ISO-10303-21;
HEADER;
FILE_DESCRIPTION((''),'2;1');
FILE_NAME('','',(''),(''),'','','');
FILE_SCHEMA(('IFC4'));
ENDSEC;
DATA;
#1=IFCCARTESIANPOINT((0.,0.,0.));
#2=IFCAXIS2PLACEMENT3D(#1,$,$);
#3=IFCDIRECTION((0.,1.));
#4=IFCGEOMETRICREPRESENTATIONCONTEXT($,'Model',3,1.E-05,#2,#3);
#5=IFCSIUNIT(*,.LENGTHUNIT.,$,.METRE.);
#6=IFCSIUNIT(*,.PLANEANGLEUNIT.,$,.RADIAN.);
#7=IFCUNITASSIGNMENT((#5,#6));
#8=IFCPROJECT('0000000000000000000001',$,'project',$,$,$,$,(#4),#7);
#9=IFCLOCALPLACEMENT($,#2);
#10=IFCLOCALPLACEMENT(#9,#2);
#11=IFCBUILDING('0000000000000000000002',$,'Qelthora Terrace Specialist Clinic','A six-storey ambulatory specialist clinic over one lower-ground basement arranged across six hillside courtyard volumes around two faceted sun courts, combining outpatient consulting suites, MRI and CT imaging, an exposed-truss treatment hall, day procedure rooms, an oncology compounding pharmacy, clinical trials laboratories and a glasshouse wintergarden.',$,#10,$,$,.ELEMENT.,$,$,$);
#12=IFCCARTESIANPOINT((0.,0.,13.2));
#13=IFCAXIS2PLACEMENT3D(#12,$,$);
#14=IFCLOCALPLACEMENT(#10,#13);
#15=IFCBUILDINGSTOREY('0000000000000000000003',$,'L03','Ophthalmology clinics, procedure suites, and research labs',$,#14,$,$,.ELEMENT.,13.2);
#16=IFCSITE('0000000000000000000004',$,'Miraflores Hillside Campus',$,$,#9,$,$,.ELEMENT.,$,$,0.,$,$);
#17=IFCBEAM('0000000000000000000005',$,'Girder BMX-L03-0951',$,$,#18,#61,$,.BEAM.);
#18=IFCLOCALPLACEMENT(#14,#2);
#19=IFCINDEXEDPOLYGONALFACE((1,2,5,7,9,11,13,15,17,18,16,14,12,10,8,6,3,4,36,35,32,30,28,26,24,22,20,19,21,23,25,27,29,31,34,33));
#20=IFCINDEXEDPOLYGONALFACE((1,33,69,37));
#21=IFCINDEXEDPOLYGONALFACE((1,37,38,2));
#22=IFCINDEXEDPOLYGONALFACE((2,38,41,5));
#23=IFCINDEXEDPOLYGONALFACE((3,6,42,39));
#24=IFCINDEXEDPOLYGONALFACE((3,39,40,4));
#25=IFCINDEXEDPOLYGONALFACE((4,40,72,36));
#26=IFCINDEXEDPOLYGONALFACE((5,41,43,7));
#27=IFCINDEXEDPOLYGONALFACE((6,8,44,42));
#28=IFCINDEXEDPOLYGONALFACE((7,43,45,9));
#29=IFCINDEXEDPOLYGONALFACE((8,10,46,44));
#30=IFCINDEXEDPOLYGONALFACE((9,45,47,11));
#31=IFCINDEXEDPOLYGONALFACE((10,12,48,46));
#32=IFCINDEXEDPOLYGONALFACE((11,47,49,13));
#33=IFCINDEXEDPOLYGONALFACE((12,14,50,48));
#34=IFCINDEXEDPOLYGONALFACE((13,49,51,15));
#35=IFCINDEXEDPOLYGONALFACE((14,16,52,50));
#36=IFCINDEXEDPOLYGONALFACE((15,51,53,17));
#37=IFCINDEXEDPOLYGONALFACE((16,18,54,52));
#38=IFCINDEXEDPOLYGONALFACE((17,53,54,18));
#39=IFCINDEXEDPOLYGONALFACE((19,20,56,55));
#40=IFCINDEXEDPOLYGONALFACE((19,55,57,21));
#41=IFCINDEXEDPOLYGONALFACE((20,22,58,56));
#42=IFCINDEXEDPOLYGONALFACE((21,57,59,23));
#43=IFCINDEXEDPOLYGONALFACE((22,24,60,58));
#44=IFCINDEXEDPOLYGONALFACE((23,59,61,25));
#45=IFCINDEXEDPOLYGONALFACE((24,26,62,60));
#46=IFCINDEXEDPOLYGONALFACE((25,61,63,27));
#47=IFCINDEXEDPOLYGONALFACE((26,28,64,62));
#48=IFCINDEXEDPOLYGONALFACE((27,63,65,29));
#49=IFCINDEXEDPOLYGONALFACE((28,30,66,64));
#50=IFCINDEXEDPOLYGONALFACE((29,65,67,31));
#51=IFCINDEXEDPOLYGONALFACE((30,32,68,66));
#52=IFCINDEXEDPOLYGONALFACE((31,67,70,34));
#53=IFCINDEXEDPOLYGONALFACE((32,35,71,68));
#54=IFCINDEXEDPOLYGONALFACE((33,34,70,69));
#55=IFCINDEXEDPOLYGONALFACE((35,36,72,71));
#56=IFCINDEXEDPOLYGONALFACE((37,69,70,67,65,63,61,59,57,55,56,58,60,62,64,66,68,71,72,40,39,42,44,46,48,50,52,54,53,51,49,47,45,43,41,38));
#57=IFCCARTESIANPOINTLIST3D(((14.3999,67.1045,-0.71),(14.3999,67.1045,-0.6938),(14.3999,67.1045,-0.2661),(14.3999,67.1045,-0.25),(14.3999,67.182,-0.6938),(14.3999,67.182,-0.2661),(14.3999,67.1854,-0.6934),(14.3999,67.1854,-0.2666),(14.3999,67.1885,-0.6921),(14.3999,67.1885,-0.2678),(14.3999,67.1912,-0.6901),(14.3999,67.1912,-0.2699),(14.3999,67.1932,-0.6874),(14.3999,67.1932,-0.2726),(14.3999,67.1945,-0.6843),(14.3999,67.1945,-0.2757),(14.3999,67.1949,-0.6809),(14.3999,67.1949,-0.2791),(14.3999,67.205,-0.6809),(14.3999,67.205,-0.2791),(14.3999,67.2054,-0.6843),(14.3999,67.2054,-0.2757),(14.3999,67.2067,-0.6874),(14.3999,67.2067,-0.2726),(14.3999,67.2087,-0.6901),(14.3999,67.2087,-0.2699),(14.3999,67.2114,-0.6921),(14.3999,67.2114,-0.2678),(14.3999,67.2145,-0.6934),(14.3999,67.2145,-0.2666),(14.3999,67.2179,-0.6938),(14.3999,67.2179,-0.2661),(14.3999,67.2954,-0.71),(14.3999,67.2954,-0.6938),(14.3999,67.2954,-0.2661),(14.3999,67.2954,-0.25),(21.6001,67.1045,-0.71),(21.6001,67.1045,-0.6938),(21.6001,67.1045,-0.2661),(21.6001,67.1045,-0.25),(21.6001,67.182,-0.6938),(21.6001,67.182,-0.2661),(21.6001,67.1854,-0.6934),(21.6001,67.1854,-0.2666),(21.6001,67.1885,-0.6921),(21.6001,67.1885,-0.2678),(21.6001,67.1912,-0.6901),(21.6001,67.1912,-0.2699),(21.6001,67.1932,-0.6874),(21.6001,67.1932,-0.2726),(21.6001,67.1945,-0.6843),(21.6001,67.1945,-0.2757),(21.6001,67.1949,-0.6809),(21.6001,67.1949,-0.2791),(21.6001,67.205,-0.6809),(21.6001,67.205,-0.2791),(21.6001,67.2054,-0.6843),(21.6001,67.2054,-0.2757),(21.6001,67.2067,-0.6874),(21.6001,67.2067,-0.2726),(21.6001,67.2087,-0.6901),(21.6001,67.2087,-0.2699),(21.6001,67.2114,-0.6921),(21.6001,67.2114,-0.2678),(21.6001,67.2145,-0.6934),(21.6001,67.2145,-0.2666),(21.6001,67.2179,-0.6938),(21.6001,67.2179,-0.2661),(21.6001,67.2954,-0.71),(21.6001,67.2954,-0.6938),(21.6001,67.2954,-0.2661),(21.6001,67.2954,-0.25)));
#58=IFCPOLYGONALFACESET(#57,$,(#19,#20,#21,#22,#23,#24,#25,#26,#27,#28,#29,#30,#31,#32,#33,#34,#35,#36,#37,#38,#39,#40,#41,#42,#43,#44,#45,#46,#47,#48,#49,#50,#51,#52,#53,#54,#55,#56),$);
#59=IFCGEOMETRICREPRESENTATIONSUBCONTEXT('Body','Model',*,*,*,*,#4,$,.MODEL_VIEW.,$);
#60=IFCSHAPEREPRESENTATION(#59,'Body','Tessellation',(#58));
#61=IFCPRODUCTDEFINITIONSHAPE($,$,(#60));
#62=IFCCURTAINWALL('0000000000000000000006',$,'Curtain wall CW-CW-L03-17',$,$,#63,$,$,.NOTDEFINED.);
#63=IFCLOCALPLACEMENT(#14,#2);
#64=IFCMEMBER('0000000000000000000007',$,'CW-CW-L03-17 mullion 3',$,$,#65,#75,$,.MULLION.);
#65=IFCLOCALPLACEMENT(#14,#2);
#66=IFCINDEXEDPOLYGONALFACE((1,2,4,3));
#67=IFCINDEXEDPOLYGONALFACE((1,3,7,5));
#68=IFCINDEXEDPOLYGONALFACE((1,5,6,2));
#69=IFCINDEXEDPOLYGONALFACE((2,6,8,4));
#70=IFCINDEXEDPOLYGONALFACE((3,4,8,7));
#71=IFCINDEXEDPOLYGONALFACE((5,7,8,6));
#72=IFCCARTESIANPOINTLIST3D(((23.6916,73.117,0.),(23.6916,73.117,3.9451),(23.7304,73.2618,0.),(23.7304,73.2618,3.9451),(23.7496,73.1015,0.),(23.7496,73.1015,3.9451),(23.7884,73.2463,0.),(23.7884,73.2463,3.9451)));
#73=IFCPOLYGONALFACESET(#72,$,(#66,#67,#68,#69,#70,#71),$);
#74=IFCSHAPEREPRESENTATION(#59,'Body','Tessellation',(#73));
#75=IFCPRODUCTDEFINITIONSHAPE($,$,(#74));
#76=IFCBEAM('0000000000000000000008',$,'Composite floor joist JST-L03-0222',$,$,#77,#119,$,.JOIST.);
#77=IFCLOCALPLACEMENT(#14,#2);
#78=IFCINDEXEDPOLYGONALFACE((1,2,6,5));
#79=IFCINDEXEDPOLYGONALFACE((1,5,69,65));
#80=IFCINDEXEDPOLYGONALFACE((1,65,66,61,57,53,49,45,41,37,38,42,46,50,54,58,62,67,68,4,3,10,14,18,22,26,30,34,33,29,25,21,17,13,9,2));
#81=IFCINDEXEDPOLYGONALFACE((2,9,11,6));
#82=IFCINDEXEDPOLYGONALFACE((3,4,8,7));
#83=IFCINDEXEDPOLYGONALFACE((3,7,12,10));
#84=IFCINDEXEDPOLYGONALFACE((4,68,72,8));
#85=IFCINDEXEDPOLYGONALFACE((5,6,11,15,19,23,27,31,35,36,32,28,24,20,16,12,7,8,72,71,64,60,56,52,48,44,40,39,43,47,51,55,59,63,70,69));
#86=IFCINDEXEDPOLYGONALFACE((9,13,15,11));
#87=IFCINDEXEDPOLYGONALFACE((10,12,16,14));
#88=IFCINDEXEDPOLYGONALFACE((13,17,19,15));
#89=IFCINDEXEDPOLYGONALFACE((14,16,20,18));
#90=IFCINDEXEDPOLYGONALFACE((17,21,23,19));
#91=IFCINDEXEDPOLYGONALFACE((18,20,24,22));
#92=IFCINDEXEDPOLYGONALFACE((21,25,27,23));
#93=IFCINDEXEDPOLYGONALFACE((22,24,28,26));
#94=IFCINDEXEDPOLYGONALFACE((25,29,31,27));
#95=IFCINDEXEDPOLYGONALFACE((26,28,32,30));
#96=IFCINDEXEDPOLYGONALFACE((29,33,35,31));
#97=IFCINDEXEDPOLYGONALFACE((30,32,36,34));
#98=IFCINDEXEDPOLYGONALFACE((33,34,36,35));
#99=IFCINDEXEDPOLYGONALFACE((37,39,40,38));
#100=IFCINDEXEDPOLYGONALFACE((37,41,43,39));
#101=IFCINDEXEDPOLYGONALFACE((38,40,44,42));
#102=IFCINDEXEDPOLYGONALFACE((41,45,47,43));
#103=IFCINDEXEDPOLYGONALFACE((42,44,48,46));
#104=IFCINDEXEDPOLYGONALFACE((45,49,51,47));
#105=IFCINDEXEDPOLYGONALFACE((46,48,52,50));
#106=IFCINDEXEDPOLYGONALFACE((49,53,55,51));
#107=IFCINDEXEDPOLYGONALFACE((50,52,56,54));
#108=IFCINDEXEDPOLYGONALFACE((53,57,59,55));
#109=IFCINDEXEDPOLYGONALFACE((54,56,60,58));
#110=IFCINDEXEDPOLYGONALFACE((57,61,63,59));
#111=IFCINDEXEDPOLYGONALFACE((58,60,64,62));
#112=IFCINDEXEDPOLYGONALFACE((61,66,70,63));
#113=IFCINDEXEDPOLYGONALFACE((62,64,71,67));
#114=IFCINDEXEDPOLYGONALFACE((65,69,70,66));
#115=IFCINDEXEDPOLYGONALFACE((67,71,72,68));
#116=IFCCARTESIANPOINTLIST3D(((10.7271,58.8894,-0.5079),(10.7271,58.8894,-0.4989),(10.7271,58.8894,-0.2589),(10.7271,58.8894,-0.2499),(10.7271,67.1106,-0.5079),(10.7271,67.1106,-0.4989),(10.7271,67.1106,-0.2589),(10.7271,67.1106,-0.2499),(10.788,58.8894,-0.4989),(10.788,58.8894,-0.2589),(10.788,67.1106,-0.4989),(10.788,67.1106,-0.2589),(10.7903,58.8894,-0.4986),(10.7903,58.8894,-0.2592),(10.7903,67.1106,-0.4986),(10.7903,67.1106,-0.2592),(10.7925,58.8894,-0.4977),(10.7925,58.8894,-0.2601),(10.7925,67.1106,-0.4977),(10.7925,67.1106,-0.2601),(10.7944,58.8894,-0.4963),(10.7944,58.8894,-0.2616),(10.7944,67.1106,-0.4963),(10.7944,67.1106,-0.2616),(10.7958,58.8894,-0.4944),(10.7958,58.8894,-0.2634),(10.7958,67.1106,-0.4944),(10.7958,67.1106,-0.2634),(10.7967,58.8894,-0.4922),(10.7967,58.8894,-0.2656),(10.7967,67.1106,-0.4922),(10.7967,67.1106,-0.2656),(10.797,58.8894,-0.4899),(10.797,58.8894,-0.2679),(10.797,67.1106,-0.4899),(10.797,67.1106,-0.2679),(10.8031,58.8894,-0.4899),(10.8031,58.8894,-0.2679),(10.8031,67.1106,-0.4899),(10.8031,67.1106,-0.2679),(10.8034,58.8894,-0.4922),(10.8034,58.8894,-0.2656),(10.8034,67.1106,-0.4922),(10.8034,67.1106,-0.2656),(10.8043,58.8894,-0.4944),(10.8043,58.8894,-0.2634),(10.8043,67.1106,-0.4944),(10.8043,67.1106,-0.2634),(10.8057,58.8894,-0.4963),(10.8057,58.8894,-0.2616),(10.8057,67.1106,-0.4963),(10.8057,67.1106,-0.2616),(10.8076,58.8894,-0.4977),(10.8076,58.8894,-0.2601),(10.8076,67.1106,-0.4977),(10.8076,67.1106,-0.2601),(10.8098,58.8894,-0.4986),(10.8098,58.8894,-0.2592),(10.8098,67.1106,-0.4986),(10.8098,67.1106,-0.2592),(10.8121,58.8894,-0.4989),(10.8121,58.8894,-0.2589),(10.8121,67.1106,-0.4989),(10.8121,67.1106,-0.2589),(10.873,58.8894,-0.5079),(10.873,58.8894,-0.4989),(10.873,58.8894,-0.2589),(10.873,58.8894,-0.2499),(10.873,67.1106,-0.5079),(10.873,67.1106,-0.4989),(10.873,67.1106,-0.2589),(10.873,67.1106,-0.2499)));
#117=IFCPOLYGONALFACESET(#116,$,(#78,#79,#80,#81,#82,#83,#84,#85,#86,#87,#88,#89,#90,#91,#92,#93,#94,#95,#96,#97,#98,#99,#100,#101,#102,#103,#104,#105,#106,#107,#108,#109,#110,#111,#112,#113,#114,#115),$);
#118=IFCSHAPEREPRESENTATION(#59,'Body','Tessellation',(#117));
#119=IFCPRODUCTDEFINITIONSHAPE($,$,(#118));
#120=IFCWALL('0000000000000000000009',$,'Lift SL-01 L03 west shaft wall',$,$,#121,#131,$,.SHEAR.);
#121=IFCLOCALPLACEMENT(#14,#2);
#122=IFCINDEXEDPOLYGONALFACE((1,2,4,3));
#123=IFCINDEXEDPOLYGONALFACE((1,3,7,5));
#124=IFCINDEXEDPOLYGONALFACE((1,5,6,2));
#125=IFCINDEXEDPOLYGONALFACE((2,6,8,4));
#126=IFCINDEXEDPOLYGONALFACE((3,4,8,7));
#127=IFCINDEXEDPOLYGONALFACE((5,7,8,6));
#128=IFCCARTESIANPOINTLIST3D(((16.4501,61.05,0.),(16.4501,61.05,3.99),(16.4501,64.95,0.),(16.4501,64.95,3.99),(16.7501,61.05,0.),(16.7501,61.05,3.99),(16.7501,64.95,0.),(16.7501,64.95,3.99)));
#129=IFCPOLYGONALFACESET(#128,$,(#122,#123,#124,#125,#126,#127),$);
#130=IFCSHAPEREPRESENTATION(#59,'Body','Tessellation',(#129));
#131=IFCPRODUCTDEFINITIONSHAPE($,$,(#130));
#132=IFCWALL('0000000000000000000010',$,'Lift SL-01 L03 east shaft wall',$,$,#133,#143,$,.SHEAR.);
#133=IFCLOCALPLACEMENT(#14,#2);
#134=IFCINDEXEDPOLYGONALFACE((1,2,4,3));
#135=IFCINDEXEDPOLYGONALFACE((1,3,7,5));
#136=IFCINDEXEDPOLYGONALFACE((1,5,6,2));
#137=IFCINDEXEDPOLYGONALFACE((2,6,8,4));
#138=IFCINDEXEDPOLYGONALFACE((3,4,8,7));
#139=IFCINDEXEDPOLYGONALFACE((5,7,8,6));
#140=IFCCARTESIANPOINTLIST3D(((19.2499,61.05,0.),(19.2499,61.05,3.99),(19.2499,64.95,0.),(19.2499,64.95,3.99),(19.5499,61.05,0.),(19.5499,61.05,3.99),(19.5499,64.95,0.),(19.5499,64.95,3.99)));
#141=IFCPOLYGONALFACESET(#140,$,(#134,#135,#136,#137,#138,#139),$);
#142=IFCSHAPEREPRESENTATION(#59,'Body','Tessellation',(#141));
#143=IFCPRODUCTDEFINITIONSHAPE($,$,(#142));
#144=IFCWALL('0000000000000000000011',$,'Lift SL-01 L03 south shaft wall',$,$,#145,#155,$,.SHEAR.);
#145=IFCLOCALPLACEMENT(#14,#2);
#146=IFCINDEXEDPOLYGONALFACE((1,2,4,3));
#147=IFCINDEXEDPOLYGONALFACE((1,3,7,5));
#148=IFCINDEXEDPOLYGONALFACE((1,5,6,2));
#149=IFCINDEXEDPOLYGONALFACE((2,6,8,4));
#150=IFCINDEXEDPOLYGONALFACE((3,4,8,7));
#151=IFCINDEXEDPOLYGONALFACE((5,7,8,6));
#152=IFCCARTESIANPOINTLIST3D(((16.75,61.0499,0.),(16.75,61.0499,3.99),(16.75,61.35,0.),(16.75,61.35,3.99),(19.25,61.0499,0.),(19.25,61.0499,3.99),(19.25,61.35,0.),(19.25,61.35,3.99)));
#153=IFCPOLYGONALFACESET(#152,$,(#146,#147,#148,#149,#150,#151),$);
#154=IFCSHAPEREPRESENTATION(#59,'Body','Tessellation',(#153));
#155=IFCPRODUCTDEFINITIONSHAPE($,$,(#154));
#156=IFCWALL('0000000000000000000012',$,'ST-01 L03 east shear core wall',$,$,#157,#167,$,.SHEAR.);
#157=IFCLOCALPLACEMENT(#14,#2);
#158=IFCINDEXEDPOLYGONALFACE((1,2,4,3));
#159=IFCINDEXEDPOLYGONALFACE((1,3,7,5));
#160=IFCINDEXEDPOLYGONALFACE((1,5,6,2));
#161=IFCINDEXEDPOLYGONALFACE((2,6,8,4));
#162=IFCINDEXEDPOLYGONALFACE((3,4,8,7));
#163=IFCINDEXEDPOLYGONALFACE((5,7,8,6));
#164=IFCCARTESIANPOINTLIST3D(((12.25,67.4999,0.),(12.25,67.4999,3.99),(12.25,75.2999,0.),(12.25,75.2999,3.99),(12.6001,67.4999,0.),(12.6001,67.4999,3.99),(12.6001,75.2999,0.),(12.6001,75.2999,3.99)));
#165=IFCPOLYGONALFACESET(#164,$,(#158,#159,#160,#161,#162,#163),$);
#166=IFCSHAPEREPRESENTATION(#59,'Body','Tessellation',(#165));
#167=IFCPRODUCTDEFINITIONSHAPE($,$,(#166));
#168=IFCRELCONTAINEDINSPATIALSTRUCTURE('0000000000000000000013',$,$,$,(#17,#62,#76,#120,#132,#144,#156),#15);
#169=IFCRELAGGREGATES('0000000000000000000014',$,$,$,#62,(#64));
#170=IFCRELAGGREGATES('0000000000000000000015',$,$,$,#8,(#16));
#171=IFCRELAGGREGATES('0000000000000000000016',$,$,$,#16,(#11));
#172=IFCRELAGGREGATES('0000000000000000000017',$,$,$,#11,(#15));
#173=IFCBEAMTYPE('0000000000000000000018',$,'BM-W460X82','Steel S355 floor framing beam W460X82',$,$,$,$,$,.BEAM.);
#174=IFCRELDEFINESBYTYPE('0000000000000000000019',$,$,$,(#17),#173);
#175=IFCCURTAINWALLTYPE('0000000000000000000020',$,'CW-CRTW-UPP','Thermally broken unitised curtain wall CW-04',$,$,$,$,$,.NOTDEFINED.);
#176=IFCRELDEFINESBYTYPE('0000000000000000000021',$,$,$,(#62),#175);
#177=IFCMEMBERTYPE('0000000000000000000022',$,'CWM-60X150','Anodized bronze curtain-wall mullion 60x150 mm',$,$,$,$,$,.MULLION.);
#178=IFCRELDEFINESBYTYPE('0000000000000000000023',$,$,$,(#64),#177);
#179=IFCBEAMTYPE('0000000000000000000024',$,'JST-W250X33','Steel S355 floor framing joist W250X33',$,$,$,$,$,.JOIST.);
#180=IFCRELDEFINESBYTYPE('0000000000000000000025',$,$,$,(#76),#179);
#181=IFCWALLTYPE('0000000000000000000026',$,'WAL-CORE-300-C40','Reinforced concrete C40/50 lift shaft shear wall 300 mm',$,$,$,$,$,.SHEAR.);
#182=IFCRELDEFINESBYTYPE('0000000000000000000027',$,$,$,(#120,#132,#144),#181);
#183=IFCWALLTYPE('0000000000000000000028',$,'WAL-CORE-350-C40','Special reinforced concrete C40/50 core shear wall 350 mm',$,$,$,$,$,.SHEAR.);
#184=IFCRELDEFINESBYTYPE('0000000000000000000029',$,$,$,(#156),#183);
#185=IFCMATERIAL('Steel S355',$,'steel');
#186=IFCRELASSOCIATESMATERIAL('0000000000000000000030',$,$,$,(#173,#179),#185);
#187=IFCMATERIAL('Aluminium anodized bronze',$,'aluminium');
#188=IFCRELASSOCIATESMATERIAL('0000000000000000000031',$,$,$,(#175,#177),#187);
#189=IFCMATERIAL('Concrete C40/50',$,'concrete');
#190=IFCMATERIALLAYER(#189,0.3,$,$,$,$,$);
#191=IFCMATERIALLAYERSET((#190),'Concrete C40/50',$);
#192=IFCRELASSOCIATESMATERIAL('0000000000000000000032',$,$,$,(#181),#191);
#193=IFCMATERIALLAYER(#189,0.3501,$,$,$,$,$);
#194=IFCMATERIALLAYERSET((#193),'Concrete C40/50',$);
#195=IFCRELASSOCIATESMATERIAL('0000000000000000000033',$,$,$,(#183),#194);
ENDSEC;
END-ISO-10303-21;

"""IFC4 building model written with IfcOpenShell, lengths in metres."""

from ifc_helpers import new_model, si_unit, direction, frame, frame_2d, origin, origin_2d, place, context, subcontext, project, spatial, rectangle, i_section, extrude, material, layer, layer_set, material_profile, profile_set, type_object, element, aggregate, save


model = new_model("IFC4")

# Units and contexts
model_context = context("Model", 3, precision=1e-05, world=origin(), true_north=direction((0.0, 1.0)))
body_context = subcontext(model_context, "Body", "Model", "MODEL_VIEW")
ifc_project = project(units=[si_unit("LENGTHUNIT", "METRE"), si_unit("PLANEANGLEUNIT", "RADIAN")], contexts=[model_context])

# Site, building, storey
site_placement = place(None, origin())
site = spatial("IfcSite", under=ifc_project, at=site_placement, Name="Miraflores Hillside Campus", CompositionType="ELEMENT", RefElevation=0.0)
building_placement = place(site_placement, origin())
building = spatial("IfcBuilding", under=site, at=building_placement, Name="Qelthora Terrace Specialist Clinic", Description="A six-storey ambulatory specialist clinic over one lower-ground basement arranged across six hillside courtyard volumes around two faceted sun courts, combining outpatient consulting suites, MRI and CT imaging, an exposed-truss treatment hall, day procedure rooms, an oncology compounding pharmacy, clinical trials laboratories and a glasshouse wintergarden.", CompositionType="ELEMENT")
storey_placement = place(building_placement, frame((0.0, 0.0, 13.2)))
storey = spatial("IfcBuildingStorey", under=building, at=storey_placement, Name="L03", Description="Ophthalmology clinics, procedure suites, and research labs", CompositionType="ELEMENT", Elevation=13.2)

# Shared definitions
ifc_material_1 = material(Name="Steel S355", Category="steel")

# Beam
ifc_material_profile_1 = material_profile(ifc_material_1, i_section(OverallWidth=0.1909, OverallDepth=0.46, WebThickness=0.01, FlangeThickness=0.0161, FilletRadius=0.0129, at=origin_2d()), Name="W460X82")
ifc_profile_set_1 = profile_set([ifc_material_profile_1], Name="Steel S355")
beam_type_1 = type_object("IfcBeamType", Name="BM-W460X82", Description="Steel S355 floor framing beam W460X82", PredefinedType="BEAM", material=ifc_profile_set_1)
beam_1_placement = place(storey_placement, frame((14.3999, 67.2, -0.48), z_axis=(1.0, 0.0, 0.0), x_axis=(0.0, 1.0, 0.0)))
element("IfcBeam", 1, at=beam_1_placement, inside=storey, type_object=beam_type_1, Name="Girder BMX-L03-0951", PredefinedType="BEAM", context=body_context, shape_type="SweptSolid", body=[
    extrude(i_section(OverallWidth=0.1909, OverallDepth=0.46, WebThickness=0.01, FlangeThickness=0.0161, FilletRadius=0.0129, at=origin_2d()), origin(), (0.0, 0.0, 1.0), 7.2002),
])

# Curtain wall, member
ifc_material_2 = material(Name="Aluminium anodized bronze", Category="aluminium")
curtain_wall_type = type_object("IfcCurtainWallType", Name="CW-CRTW-UPP", Description="Thermally broken unitised curtain wall CW-04", PredefinedType="NOTDEFINED", material=ifc_material_2)
curtain_wall_placement = place(storey_placement, origin())
curtain_wall = element("IfcCurtainWall", 2, at=curtain_wall_placement, inside=storey, type_object=curtain_wall_type, Name="Curtain wall CW-CW-L03-17", PredefinedType="NOTDEFINED")
ifc_material_profile_2 = material_profile(ifc_material_2, rectangle(XDim=0.0601, YDim=0.1499, at=origin_2d()), Name="CWM60X150")
ifc_profile_set_2 = profile_set([ifc_material_profile_2], Name="Aluminium anodized bronze")
member_type = type_object("IfcMemberType", Name="CWM-60X150", Description="Anodized bronze curtain-wall mullion 60x150 mm", PredefinedType="MULLION", material=ifc_profile_set_2)
member_placement = place(storey_placement, frame((23.74, 73.1816, 0.0), z_axis=(0.0, 0.0, 1.0), x_axis=(0.965925, -0.25882, 0.0)))
member = element("IfcMember", 3, at=member_placement, type_object=member_type, Name="CW-CW-L03-17 mullion 3", PredefinedType="MULLION", context=body_context, shape_type="SweptSolid", body=[
    extrude(rectangle(XDim=0.0601, YDim=0.1499, at=origin_2d()), origin(), (0.0, 0.0, 1.0), 3.9451),
])
aggregate(curtain_wall, [member])

# Beam
ifc_material_profile_3 = material_profile(ifc_material_1, i_section(OverallWidth=0.146, OverallDepth=0.2581, WebThickness=0.0061, FlangeThickness=0.009, FilletRadius=0.009, at=origin_2d()), Name="W250X33")
ifc_profile_set_3 = profile_set([ifc_material_profile_3], Name="Steel S355")
beam_type_2 = type_object("IfcBeamType", Name="JST-W250X33", Description="Steel S355 floor framing joist W250X33", PredefinedType="JOIST", material=ifc_profile_set_3)
beam_2_placement = place(storey_placement, frame((10.8, 58.8894, -0.3789), z_axis=(0.0, 1.0, 0.0), x_axis=(-1.0, 0.0, 0.0)))
element("IfcBeam", 4, at=beam_2_placement, inside=storey, type_object=beam_type_2, Name="Composite floor joist JST-L03-0222", PredefinedType="JOIST", context=body_context, shape_type="SweptSolid", body=[
    extrude(i_section(OverallWidth=0.146, OverallDepth=0.2581, WebThickness=0.0061, FlangeThickness=0.009, FilletRadius=0.009, at=origin_2d()), origin(), (0.0, 0.0, 1.0), 8.2212),
])

# Walls
ifc_material_3 = material(Name="Concrete C40/50", Category="concrete")
ifc_layer_1 = layer(ifc_material_3, 0.3)
ifc_layer_set_1 = layer_set([ifc_layer_1], Name="Concrete C40/50")
wall_type_1 = type_object("IfcWallType", Name="WAL-CORE-300-C40", Description="Reinforced concrete C40/50 lift shaft shear wall 300 mm", PredefinedType="SHEAR", material=ifc_layer_set_1)
for number, where, z_axis, x_axis, name in (
    (5, (16.6001, 61.05, 0.0), (0.0, 0.0, 1.0), (0.0, 1.0, 0.0), "Lift SL-01 L03 west shaft wall"),
    (6, (19.3999, 61.05, 0.0), (0.0, 0.0, 1.0), (0.0, 1.0, 0.0), "Lift SL-01 L03 east shaft wall"),
):
    element("IfcWall", number, at=place(storey_placement, frame(where, z_axis=z_axis, x_axis=x_axis)), inside=storey, type_object=wall_type_1, Name=name, PredefinedType="SHEAR", context=body_context, shape_type="SweptSolid", body=[
        extrude(rectangle(XDim=3.8999, YDim=0.3, at=frame_2d((1.95, 0.0))), origin(), (0.0, 0.0, 1.0), 3.99),
    ])

# Walls
wall_1_placement = place(storey_placement, frame((16.75, 61.2, 0.0), z_axis=(0.0, 0.0, 1.0), x_axis=(1.0, 0.0, 0.0)))
element("IfcWall", 7, at=wall_1_placement, inside=storey, type_object=wall_type_1, Name="Lift SL-01 L03 south shaft wall", PredefinedType="SHEAR", context=body_context, shape_type="SweptSolid", body=[
    extrude(rectangle(XDim=2.5, YDim=0.3, at=frame_2d((1.25, 0.0))), origin(), (0.0, 0.0, 1.0), 3.99),
])
ifc_layer_2 = layer(ifc_material_3, 0.3501)
ifc_layer_set_2 = layer_set([ifc_layer_2], Name="Concrete C40/50")
wall_type_2 = type_object("IfcWallType", Name="WAL-CORE-350-C40", Description="Special reinforced concrete C40/50 core shear wall 350 mm", PredefinedType="SHEAR", material=ifc_layer_set_2)
wall_2_placement = place(storey_placement, frame((12.425, 67.5, 0.0), z_axis=(0.0, 0.0, 1.0), x_axis=(0.0, 1.0, 0.0)))
element("IfcWall", 8, at=wall_2_placement, inside=storey, type_object=wall_type_2, Name="ST-01 L03 east shear core wall", PredefinedType="SHEAR", context=body_context, shape_type="SweptSolid", body=[
    extrude(rectangle(XDim=7.8, YDim=0.3501, at=frame_2d((3.8999, 0.0))), origin(), (0.0, 0.0, 1.0), 3.99),
])

save(model, "model.ifc")
